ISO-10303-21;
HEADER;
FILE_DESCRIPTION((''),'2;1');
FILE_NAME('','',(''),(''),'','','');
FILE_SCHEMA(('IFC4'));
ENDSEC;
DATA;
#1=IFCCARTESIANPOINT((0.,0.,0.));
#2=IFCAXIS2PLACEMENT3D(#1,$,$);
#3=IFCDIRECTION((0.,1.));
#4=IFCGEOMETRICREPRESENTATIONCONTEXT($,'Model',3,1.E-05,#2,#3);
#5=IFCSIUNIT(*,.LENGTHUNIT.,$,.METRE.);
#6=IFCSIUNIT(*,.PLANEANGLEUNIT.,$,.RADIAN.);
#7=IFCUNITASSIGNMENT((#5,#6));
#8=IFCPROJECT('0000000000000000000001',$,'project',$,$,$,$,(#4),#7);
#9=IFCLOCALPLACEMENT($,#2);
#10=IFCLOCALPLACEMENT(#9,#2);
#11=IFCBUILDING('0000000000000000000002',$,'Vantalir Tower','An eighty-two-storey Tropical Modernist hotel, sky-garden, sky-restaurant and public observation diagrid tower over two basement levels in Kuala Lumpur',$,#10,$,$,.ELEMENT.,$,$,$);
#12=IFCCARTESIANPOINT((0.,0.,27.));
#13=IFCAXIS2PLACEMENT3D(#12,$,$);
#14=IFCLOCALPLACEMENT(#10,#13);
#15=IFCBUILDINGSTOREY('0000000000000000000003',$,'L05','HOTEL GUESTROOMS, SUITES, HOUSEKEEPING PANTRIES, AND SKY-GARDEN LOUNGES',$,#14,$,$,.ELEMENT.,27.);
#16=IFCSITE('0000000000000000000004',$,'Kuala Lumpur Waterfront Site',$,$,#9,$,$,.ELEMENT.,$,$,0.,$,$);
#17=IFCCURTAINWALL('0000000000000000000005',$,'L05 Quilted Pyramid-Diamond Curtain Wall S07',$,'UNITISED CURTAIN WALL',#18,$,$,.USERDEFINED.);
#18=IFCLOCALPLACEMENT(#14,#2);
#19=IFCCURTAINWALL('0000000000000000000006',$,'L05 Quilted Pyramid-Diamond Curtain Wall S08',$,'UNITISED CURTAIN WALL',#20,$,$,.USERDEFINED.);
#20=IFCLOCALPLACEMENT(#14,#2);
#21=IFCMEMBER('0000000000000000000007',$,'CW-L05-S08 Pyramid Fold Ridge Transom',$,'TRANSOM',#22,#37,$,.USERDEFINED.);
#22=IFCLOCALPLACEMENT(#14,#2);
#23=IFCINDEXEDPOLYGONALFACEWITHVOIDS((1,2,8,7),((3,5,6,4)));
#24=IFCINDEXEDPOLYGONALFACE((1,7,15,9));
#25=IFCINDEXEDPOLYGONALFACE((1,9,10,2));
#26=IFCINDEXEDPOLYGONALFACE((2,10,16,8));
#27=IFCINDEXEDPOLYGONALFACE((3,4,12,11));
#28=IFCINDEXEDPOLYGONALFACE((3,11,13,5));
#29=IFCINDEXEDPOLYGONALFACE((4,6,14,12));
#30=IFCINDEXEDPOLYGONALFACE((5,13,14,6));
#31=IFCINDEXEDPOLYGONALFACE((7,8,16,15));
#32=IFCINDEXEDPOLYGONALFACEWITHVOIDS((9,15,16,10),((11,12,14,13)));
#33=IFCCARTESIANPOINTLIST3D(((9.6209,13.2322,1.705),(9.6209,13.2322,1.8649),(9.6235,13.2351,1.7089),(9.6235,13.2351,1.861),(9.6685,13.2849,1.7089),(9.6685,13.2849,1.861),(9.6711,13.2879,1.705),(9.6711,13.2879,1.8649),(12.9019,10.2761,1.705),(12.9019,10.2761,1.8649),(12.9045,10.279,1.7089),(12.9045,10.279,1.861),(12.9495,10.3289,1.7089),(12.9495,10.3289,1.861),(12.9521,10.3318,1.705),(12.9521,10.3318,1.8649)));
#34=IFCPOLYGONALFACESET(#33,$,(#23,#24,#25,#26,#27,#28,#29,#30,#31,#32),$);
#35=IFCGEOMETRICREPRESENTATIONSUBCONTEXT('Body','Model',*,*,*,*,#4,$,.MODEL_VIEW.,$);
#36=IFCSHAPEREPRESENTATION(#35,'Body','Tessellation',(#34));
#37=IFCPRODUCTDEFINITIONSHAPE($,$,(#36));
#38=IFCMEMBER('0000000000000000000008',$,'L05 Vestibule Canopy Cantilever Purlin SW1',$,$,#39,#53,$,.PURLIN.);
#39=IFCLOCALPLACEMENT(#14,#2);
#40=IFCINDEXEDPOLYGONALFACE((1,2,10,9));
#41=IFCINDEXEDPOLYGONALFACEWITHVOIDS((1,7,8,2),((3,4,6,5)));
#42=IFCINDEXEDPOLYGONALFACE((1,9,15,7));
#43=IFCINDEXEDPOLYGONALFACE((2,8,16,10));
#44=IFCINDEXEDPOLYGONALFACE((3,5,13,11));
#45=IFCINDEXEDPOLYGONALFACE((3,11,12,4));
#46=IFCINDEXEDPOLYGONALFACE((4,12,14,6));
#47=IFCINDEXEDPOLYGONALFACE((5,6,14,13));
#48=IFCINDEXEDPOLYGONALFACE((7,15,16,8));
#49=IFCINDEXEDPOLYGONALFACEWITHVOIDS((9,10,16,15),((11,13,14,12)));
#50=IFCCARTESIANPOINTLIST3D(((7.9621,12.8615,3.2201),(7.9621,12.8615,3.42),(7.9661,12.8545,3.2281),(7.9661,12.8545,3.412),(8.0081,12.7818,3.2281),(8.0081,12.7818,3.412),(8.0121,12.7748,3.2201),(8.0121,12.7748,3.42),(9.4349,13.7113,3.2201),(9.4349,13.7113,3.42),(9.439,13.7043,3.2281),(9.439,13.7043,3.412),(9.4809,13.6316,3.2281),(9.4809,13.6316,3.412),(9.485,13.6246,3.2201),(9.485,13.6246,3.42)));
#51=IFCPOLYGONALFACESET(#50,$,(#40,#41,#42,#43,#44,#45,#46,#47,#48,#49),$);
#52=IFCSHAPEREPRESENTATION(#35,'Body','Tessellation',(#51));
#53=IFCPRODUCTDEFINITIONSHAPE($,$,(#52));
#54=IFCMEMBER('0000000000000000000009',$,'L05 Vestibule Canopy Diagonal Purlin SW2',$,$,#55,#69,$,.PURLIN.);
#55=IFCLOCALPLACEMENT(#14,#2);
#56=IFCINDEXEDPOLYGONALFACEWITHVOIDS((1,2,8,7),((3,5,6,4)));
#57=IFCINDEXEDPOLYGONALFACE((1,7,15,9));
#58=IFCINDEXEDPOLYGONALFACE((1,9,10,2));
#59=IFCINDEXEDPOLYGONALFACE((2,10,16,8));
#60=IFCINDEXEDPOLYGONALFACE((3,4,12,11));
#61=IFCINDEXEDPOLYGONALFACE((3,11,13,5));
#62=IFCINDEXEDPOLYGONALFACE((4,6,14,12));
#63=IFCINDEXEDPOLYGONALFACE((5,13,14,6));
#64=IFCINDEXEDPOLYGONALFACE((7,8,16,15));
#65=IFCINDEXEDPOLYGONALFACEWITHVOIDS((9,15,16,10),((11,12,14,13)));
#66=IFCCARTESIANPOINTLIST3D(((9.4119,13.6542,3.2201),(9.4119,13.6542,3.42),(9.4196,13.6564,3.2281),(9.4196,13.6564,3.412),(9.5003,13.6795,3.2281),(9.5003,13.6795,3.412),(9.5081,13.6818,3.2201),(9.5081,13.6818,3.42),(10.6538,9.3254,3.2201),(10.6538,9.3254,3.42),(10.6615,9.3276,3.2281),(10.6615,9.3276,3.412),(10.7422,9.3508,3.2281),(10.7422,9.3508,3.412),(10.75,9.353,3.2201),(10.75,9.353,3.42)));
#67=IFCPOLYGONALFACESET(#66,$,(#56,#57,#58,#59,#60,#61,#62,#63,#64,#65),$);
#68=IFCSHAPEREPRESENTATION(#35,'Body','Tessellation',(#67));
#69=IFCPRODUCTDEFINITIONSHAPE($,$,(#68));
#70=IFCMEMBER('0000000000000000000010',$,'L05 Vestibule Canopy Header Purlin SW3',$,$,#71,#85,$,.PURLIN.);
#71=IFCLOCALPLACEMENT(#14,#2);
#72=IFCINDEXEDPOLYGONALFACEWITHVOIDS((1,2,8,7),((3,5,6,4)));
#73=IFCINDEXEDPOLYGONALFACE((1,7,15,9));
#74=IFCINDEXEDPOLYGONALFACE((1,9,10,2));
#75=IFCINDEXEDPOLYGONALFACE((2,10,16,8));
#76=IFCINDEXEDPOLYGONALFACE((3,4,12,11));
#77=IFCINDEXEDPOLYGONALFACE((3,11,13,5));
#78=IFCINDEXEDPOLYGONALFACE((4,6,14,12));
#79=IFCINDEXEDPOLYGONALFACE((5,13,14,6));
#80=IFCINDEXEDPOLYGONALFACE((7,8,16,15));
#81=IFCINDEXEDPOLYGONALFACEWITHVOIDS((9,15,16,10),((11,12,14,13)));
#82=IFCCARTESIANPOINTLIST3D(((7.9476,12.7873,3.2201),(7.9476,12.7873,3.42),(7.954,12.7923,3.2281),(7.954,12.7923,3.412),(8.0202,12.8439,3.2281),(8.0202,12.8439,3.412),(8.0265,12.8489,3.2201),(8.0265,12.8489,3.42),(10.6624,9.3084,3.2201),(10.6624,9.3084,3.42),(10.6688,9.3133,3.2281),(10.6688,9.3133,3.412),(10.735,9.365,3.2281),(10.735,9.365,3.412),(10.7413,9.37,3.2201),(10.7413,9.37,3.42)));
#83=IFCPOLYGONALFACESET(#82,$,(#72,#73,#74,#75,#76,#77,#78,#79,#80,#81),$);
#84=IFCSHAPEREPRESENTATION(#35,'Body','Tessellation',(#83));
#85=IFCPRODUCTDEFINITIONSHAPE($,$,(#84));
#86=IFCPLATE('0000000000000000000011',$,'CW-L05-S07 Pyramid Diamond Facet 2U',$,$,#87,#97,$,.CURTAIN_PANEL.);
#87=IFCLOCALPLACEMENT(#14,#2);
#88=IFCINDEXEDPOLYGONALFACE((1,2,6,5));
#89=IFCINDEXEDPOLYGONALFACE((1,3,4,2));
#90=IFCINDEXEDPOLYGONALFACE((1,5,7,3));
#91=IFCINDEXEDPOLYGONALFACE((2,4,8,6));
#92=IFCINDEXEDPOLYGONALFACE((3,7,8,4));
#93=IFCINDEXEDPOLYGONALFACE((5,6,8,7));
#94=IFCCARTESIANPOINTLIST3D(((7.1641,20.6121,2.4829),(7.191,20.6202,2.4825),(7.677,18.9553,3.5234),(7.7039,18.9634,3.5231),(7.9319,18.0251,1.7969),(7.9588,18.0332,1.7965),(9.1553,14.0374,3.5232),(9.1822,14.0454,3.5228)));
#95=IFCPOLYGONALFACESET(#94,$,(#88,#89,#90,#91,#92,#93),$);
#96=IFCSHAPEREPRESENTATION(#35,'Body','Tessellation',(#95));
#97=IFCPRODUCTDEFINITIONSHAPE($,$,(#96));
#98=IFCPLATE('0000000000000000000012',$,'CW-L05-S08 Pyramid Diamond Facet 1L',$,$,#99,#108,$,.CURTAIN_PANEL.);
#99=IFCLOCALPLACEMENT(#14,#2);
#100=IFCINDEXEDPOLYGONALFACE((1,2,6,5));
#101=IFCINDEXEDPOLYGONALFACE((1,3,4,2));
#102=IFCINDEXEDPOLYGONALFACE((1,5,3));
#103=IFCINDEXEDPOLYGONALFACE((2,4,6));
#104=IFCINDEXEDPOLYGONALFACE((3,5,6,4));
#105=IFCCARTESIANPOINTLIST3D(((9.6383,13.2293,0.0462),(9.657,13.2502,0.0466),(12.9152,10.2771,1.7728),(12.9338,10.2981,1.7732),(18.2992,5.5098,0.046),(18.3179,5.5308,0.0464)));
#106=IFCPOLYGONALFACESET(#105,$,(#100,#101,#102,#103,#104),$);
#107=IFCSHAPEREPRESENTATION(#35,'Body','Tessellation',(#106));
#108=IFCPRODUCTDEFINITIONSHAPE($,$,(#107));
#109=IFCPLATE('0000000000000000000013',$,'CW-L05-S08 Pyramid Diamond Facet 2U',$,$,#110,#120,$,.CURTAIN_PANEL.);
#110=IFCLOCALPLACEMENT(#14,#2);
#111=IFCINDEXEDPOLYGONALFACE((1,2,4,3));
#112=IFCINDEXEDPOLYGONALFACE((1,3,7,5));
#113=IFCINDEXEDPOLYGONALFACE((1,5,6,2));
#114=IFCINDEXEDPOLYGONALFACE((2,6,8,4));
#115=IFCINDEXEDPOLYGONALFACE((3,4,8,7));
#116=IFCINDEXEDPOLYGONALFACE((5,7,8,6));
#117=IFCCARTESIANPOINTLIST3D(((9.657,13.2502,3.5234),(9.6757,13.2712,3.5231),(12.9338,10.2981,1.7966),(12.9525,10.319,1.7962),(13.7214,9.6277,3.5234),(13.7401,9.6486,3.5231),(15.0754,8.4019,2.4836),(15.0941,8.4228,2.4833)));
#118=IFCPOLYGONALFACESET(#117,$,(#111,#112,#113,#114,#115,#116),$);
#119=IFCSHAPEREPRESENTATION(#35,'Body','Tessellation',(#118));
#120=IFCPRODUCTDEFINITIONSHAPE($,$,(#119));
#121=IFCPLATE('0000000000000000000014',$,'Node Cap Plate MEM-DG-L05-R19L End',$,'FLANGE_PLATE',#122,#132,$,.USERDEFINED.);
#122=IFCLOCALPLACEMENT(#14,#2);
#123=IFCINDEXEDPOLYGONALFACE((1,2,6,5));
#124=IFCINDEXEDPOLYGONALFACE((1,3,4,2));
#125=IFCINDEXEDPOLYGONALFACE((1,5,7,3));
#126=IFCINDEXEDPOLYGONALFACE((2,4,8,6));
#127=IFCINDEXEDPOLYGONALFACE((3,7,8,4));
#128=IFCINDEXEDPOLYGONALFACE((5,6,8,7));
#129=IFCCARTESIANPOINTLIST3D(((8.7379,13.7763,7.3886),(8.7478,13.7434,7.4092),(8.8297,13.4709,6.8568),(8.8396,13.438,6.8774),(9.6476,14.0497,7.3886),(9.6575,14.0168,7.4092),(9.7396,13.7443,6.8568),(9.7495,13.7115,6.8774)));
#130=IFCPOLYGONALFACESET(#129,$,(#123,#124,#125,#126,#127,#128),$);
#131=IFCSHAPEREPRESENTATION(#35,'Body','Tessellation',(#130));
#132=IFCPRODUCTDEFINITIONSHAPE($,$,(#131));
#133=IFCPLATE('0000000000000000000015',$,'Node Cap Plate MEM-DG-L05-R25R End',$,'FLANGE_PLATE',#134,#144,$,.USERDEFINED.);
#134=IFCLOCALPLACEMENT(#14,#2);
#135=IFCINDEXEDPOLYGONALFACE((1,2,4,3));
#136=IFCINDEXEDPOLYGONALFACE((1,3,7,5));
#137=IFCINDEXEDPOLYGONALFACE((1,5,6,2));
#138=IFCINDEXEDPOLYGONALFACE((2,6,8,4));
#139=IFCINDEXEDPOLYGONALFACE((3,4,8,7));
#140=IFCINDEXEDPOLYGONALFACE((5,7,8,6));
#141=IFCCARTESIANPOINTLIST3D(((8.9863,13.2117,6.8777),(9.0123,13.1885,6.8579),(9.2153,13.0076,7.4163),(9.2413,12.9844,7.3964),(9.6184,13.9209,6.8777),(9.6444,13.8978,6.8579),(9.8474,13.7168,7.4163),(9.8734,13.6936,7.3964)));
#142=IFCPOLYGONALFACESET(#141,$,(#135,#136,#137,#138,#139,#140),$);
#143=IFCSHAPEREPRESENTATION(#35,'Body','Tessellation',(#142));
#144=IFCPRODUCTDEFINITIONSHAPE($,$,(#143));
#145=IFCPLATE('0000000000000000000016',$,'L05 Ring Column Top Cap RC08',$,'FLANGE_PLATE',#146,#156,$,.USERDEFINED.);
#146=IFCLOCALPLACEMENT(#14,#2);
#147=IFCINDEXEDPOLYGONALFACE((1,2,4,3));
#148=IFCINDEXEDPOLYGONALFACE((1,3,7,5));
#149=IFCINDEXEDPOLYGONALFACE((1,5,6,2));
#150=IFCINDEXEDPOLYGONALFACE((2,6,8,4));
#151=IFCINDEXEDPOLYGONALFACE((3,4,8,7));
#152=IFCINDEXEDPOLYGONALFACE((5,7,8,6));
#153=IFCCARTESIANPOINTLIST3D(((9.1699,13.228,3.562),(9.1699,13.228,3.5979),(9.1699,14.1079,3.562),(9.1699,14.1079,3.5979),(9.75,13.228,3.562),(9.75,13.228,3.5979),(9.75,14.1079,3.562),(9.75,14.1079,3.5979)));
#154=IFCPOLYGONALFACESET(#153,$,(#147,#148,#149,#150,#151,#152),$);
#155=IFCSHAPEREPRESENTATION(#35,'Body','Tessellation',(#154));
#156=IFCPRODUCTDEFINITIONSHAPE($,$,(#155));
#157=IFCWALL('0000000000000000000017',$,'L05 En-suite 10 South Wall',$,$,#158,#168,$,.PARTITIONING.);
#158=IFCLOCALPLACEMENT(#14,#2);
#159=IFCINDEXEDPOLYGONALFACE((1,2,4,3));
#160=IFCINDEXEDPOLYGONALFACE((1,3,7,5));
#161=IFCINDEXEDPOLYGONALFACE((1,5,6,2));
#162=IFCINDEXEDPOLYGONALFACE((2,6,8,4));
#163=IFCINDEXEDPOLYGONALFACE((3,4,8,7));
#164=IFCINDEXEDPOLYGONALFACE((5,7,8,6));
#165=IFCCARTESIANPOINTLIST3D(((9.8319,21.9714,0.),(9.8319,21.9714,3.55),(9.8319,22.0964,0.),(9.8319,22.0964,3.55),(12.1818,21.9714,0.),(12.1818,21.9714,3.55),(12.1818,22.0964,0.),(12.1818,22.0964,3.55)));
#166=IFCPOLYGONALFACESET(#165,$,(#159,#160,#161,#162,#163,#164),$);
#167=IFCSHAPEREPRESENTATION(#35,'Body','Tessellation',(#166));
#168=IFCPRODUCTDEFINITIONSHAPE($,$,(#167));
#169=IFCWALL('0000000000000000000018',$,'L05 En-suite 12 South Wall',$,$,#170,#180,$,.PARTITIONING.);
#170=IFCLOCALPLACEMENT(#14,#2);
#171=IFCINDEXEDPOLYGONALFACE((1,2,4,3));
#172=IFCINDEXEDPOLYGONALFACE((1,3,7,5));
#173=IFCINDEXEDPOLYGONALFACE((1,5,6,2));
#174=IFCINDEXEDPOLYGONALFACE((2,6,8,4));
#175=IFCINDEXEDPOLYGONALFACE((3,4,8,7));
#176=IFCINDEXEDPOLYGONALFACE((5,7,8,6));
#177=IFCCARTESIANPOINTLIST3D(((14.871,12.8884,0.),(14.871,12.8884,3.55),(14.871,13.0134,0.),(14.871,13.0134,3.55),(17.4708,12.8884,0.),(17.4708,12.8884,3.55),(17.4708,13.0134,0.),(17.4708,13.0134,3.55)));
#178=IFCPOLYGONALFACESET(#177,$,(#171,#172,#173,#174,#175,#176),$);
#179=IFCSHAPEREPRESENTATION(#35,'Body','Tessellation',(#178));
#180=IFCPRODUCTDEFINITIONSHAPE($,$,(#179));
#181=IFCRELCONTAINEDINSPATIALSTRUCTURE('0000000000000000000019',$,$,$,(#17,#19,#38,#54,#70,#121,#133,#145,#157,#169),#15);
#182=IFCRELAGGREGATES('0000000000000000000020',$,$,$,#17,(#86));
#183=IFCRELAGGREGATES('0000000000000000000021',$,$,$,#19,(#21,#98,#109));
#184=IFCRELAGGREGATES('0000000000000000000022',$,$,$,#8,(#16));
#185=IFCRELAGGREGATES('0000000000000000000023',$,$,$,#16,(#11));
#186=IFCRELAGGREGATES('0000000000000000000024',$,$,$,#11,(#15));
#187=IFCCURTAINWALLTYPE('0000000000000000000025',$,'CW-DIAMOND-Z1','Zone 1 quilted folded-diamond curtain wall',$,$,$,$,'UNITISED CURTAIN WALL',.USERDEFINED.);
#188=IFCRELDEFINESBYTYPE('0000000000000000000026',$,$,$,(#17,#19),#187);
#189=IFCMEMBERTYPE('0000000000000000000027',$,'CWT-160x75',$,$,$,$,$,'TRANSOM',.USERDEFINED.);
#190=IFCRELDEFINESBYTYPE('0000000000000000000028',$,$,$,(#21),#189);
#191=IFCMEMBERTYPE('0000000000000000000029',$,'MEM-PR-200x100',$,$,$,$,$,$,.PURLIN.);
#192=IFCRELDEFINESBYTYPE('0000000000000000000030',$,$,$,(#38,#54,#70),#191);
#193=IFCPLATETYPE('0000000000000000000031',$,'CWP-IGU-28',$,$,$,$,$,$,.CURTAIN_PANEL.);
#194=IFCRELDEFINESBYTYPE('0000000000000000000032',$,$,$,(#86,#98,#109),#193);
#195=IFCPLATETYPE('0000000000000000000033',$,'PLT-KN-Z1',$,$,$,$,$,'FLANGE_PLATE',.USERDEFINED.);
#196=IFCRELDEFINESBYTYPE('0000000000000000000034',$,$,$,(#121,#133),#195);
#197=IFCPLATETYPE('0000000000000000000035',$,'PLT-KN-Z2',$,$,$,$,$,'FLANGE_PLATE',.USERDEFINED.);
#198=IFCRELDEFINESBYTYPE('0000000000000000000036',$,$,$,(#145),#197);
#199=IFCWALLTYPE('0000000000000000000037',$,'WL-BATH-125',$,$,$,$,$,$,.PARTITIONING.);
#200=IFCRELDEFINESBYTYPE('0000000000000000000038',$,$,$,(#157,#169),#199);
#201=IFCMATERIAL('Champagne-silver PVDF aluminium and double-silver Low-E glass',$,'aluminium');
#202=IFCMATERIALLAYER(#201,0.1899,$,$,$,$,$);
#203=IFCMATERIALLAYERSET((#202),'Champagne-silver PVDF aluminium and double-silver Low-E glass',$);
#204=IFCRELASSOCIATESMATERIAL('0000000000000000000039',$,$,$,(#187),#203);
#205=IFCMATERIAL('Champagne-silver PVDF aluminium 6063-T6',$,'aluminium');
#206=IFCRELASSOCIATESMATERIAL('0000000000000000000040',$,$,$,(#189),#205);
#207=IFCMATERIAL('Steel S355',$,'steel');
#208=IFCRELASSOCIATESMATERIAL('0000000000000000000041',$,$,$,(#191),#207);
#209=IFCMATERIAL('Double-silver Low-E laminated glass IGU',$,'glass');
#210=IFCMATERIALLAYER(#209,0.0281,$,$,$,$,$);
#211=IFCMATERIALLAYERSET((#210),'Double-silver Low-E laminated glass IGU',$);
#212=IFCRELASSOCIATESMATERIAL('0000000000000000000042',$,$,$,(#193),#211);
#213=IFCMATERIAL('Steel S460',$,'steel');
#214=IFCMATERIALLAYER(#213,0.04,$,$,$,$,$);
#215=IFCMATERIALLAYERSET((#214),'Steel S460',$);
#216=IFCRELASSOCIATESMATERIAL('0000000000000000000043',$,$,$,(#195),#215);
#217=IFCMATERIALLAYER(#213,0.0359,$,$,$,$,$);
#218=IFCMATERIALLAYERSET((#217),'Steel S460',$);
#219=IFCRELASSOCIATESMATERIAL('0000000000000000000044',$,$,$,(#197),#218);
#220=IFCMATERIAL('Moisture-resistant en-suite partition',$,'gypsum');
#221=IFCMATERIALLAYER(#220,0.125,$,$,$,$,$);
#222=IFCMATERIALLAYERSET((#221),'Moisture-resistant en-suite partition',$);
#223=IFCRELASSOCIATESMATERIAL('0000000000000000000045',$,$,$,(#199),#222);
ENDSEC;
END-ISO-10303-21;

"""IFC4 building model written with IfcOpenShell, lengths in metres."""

from ifc_helpers import new_model, si_unit, direction, frame, frame_2d, origin, origin_2d, place, context, subcontext, project, spatial, polyline, rectangle, hollow_rectangle, outline, extrude, material, layer, layer_set, material_profile, profile_set, type_object, element, aggregate, save


model = new_model("IFC4")

# Units and contexts
model_context = context("Model", 3, precision=1e-05, world=origin(), true_north=direction((0.0, 1.0)))
body_context = subcontext(model_context, "Body", "Model", "MODEL_VIEW")
ifc_project = project(units=[si_unit("LENGTHUNIT", "METRE"), si_unit("PLANEANGLEUNIT", "RADIAN")], contexts=[model_context])

# Site, building, storey
site_placement = place(None, origin())
site = spatial("IfcSite", under=ifc_project, at=site_placement, Name="Kuala Lumpur Waterfront Site", CompositionType="ELEMENT", RefElevation=0.0)
building_placement = place(site_placement, origin())
building = spatial("IfcBuilding", under=site, at=building_placement, Name="Vantalir Tower", Description="An eighty-two-storey Tropical Modernist hotel, sky-garden, sky-restaurant and public observation diagrid tower over two basement levels in Kuala Lumpur", CompositionType="ELEMENT")
storey_placement = place(building_placement, frame((0.0, 0.0, 27.0)))
storey = spatial("IfcBuildingStorey", under=building, at=storey_placement, Name="L05", Description="HOTEL GUESTROOMS, SUITES, HOUSEKEEPING PANTRIES, AND SKY-GARDEN LOUNGES", CompositionType="ELEMENT", Elevation=27.0)

# Shared definitions
ifc_material_1 = material(Name="Steel S460", Category="steel")

# Shared definitions
ifc_material_2 = material(Name="Steel S355", Category="steel")

# Curtain wall
ifc_material_3 = material(Name="Champagne-silver PVDF aluminium and double-silver Low-E glass", Category="aluminium")
ifc_layer_1 = layer(ifc_material_3, 0.1899)
ifc_layer_set_1 = layer_set([ifc_layer_1], Name="Champagne-silver PVDF aluminium and double-silver Low-E glass")
curtain_wall_type = type_object("IfcCurtainWallType", Name="CW-DIAMOND-Z1", Description="Zone 1 quilted folded-diamond curtain wall", ElementType="UNITISED CURTAIN WALL", PredefinedType="USERDEFINED", material=ifc_layer_set_1)
curtain_wall_1_placement = place(storey_placement, origin())
curtain_wall_1 = element("IfcCurtainWall", 1, at=curtain_wall_1_placement, inside=storey, type_object=curtain_wall_type, Name="L05 Quilted Pyramid-Diamond Curtain Wall S07", ObjectType="UNITISED CURTAIN WALL", PredefinedType="USERDEFINED")
ifc_material_4 = material(Name="Champagne-silver PVDF aluminium 6063-T6", Category="aluminium")

# Curtain wall, member
curtain_wall_2_placement = place(storey_placement, origin())
curtain_wall_2 = element("IfcCurtainWall", 2, at=curtain_wall_2_placement, inside=storey, type_object=curtain_wall_type, Name="L05 Quilted Pyramid-Diamond Curtain Wall S08", ObjectType="UNITISED CURTAIN WALL", PredefinedType="USERDEFINED")
ifc_material_profile_1 = material_profile(ifc_material_4, hollow_rectangle(XDim=0.075, YDim=0.1599, WallThickness=0.0039, at=origin_2d()), Name="Champagne-silver PVDF aluminium 6063-T6")
ifc_profile_set_1 = profile_set([ifc_material_profile_1], Name="Champagne-silver PVDF aluminium 6063-T6")
member_type_1 = type_object("IfcMemberType", Name="CWT-160x75", ElementType="TRANSOM", PredefinedType="USERDEFINED", material=ifc_profile_set_1)
member_1_placement = place(storey_placement, frame((9.646, 13.26, 1.7849), z_axis=(0.742939, -0.669359, 0.0), x_axis=(0.669359, 0.742939, 0.0)))
member_1 = element("IfcMember", 3, at=member_1_placement, type_object=member_type_1, Name="CW-L05-S08 Pyramid Fold Ridge Transom", ObjectType="TRANSOM", PredefinedType="USERDEFINED", context=body_context, shape_type="SweptSolid", body=[
    extrude(hollow_rectangle(XDim=0.075, YDim=0.1599, WallThickness=0.0039, at=origin_2d()), origin(), (0.0, 0.0, 1.0), 4.4163),
])

# Members
ifc_material_profile_2 = material_profile(ifc_material_2, hollow_rectangle(XDim=0.1001, YDim=0.2, WallThickness=0.0081, at=origin_2d()), Name="Steel S355")
ifc_profile_set_2 = profile_set([ifc_material_profile_2], Name="Steel S355")
member_type_2 = type_object("IfcMemberType", Name="MEM-PR-200x100", PredefinedType="PURLIN", material=ifc_profile_set_2)
member_2_placement = place(storey_placement, frame((9.46, 13.668, 3.3201), z_axis=(-0.866159, -0.499768, 0.0), x_axis=(0.499768, -0.866159, 0.0)))
element("IfcMember", 4, at=member_2_placement, inside=storey, type_object=member_type_2, Name="L05 Vestibule Canopy Cantilever Purlin SW1", PredefinedType="PURLIN", context=body_context, shape_type="SweptSolid", body=[
    extrude(hollow_rectangle(XDim=0.1001, YDim=0.2, WallThickness=0.0081, at=origin_2d()), origin(), (0.0, 0.0, 1.0), 1.7004),
])
member_3_placement = place(storey_placement, frame((9.46, 13.668, 3.3201), z_axis=(0.275773, -0.961223, 0.0), x_axis=(0.961223, 0.275773, 0.0)))
element("IfcMember", 5, at=member_3_placement, inside=storey, type_object=member_type_2, Name="L05 Vestibule Canopy Diagonal Purlin SW2", PredefinedType="PURLIN", context=body_context, shape_type="SweptSolid", body=[
    extrude(hollow_rectangle(XDim=0.1001, YDim=0.2, WallThickness=0.0081, at=origin_2d()), origin(), (0.0, 0.0, 1.0), 4.5034),
])
member_4_placement = place(storey_placement, frame((7.9871, 12.8181, 3.3201), z_axis=(0.615204, -0.788368, 0.0), x_axis=(0.788368, 0.615204, 0.0)))
element("IfcMember", 6, at=member_4_placement, inside=storey, type_object=member_type_2, Name="L05 Vestibule Canopy Header Purlin SW3", PredefinedType="PURLIN", context=body_context, shape_type="SweptSolid", body=[
    extrude(hollow_rectangle(XDim=0.1001, YDim=0.2, WallThickness=0.0081, at=origin_2d()), origin(), (0.0, 0.0, 1.0), 4.4128),
])

# Plates
ifc_material_5 = material(Name="Double-silver Low-E laminated glass IGU", Category="glass")
ifc_layer_2 = layer(ifc_material_5, 0.0281)
ifc_layer_set_2 = layer_set([ifc_layer_2], Name="Double-silver Low-E laminated glass IGU")
plate_type_1 = type_object("IfcPlateType", Name="CWP-IGU-28", PredefinedType="CURTAIN_PANEL", material=ifc_layer_set_2)
plate_1_placement = place(storey_placement, frame((7.677, 18.9553, 3.5234), z_axis=(-0.95758, -0.287842, 0.013711), x_axis=(0.287869, -0.95767, -0.000048)))
plate_1 = element("IfcPlate", 7, at=plate_1_placement, type_object=plate_type_1, Name="CW-L05-S07 Pyramid Diamond Facet 2U", PredefinedType="CURTAIN_PANEL", context=body_context, shape_type="SweptSolid", body=[
    extrude(outline(polyline([(0.0, 0.0), (5.1353, 0.0), (0.9643, -1.7267), (-1.7342, -1.0407), (0.0, 0.0)])), origin(), (0.0, 0.0, -1.0), 0.0281),
])
aggregate(curtain_wall_1, [plate_1])
plate_2_placement = place(storey_placement, frame((9.657, 13.2502, 0.0466), z_axis=(0.665309, 0.746444, 0.013607), x_axis=(0.746513, -0.66537, -0.000021)))
plate_2 = element("IfcPlate", 8, at=plate_2_placement, type_object=plate_type_1, Name="CW-L05-S08 Pyramid Diamond Facet 1L", PredefinedType="CURTAIN_PANEL", context=body_context, shape_type="SweptSolid", body=[
    extrude(outline(polyline([(0.0, 0.0), (11.6018, 0.0), (4.4105, -1.7268), (0.0, 0.0)])), origin(), (0.0, 0.0, -1.0), 0.0281),
])
plate_3_placement = place(storey_placement, frame((9.657, 13.2502, 3.5234), z_axis=(-0.6653, -0.746451, 0.013644), x_axis=(0.746521, -0.665362, 0.0)))
plate_3 = element("IfcPlate", 9, at=plate_3_placement, type_object=plate_type_1, Name="CW-L05-S08 Pyramid Diamond Facet 2U", PredefinedType="CURTAIN_PANEL", context=body_context, shape_type="SweptSolid", body=[
    extrude(outline(polyline([(0.0, 0.0), (5.4445, 0.0), (7.2709, -1.0399), (4.4105, -1.727), (0.0, 0.0)])), origin(), (0.0, 0.0, -1.0), 0.0281),
])
aggregate(curtain_wall_2, [member_1, plate_2, plate_3])

# Plates
ifc_layer_3 = layer(ifc_material_1, 0.04)
ifc_layer_set_3 = layer_set([ifc_layer_3], Name="Steel S460")
plate_type_2 = type_object("IfcPlateType", Name="PLT-KN-Z1", ElementType="FLANGE_PLATE", PredefinedType="USERDEFINED", material=ifc_layer_set_3)
plate_4_placement = place(storey_placement, frame((8.8396, 13.438, 6.8774), z_axis=(0.246832, -0.821267, 0.514388), x_axis=(0.957684, 0.287822, -0.000016)))
element("IfcPlate", 10, at=plate_4_placement, inside=storey, type_object=plate_type_2, Name="Node Cap Plate MEM-DG-L05-R19L End", ObjectType="FLANGE_PLATE", PredefinedType="USERDEFINED", context=body_context, shape_type="SweptSolid", body=[
    extrude(outline(polyline([(0.0, 0.0), (0.9501, 0.0), (0.9499, 0.6201), (0.0, 0.62), (0.0, 0.0)])), origin(), (0.0, 0.0, -1.0), 0.04),
])
plate_5_placement = place(storey_placement, frame((9.6184, 13.9209, 6.8777), z_axis=(-0.648699, 0.578135, 0.494923), x_axis=(-0.665336, -0.746544, 0.0)))
element("IfcPlate", 11, at=plate_5_placement, inside=storey, type_object=plate_type_2, Name="Node Cap Plate MEM-DG-L05-R25R End", ObjectType="FLANGE_PLATE", PredefinedType="USERDEFINED", context=body_context, shape_type="SweptSolid", body=[
    extrude(outline(polyline([(0.0, 0.0), (0.95, 0.0), (0.95, 0.6198), (0.0, 0.6198), (0.0, 0.0)])), origin(), (0.0, 0.0, -1.0), 0.04),
])
ifc_layer_4 = layer(ifc_material_1, 0.0359)
ifc_layer_set_4 = layer_set([ifc_layer_4], Name="Steel S460")
plate_type_3 = type_object("IfcPlateType", Name="PLT-KN-Z2", ElementType="FLANGE_PLATE", PredefinedType="USERDEFINED", material=ifc_layer_set_4)
plate_6_placement = place(storey_placement, frame((9.1699, 14.1079, 3.5979), z_axis=(0.0, 0.0, 1.0), x_axis=(0.0, -1.0, 0.0)))
element("IfcPlate", 12, at=plate_6_placement, inside=storey, type_object=plate_type_3, Name="L05 Ring Column Top Cap RC08", ObjectType="FLANGE_PLATE", PredefinedType="USERDEFINED", context=body_context, shape_type="SweptSolid", body=[
    extrude(outline(polyline([(0.0, 0.0), (0.8799, 0.0), (0.8799, 0.5801), (0.0, 0.5801), (0.0, 0.0)])), origin(), (0.0, 0.0, -1.0), 0.0359),
])

# Walls
ifc_material_6 = material(Name="Moisture-resistant en-suite partition", Category="gypsum")
ifc_layer_5 = layer(ifc_material_6, 0.125)
ifc_layer_set_5 = layer_set([ifc_layer_5], Name="Moisture-resistant en-suite partition")
wall_type_1 = type_object("IfcWallType", Name="WL-BATH-125", PredefinedType="PARTITIONING", material=ifc_layer_set_5)
wall_1_placement = place(storey_placement, frame((9.832, 22.0339, 0.0), z_axis=(0.0, 0.0, 1.0), x_axis=(1.0, 0.0, 0.0)))
element("IfcWall", 13, at=wall_1_placement, inside=storey, type_object=wall_type_1, Name="L05 En-suite 10 South Wall", PredefinedType="PARTITIONING", context=body_context, shape_type="SweptSolid", body=[
    extrude(rectangle(XDim=2.3499, YDim=0.125, at=frame_2d((1.1748, 0.0))), origin(), (0.0, 0.0, 1.0), 3.55),
])
wall_2_placement = place(storey_placement, frame((14.8711, 12.9509, 0.0), z_axis=(0.0, 0.0, 1.0), x_axis=(1.0, 0.0, 0.0)))
element("IfcWall", 14, at=wall_2_placement, inside=storey, type_object=wall_type_1, Name="L05 En-suite 12 South Wall", PredefinedType="PARTITIONING", context=body_context, shape_type="SweptSolid", body=[
    extrude(rectangle(XDim=2.5999, YDim=0.125, at=frame_2d((1.2998, 0.0))), origin(), (0.0, 0.0, 1.0), 3.55),
])

save(model, "model.ifc")
